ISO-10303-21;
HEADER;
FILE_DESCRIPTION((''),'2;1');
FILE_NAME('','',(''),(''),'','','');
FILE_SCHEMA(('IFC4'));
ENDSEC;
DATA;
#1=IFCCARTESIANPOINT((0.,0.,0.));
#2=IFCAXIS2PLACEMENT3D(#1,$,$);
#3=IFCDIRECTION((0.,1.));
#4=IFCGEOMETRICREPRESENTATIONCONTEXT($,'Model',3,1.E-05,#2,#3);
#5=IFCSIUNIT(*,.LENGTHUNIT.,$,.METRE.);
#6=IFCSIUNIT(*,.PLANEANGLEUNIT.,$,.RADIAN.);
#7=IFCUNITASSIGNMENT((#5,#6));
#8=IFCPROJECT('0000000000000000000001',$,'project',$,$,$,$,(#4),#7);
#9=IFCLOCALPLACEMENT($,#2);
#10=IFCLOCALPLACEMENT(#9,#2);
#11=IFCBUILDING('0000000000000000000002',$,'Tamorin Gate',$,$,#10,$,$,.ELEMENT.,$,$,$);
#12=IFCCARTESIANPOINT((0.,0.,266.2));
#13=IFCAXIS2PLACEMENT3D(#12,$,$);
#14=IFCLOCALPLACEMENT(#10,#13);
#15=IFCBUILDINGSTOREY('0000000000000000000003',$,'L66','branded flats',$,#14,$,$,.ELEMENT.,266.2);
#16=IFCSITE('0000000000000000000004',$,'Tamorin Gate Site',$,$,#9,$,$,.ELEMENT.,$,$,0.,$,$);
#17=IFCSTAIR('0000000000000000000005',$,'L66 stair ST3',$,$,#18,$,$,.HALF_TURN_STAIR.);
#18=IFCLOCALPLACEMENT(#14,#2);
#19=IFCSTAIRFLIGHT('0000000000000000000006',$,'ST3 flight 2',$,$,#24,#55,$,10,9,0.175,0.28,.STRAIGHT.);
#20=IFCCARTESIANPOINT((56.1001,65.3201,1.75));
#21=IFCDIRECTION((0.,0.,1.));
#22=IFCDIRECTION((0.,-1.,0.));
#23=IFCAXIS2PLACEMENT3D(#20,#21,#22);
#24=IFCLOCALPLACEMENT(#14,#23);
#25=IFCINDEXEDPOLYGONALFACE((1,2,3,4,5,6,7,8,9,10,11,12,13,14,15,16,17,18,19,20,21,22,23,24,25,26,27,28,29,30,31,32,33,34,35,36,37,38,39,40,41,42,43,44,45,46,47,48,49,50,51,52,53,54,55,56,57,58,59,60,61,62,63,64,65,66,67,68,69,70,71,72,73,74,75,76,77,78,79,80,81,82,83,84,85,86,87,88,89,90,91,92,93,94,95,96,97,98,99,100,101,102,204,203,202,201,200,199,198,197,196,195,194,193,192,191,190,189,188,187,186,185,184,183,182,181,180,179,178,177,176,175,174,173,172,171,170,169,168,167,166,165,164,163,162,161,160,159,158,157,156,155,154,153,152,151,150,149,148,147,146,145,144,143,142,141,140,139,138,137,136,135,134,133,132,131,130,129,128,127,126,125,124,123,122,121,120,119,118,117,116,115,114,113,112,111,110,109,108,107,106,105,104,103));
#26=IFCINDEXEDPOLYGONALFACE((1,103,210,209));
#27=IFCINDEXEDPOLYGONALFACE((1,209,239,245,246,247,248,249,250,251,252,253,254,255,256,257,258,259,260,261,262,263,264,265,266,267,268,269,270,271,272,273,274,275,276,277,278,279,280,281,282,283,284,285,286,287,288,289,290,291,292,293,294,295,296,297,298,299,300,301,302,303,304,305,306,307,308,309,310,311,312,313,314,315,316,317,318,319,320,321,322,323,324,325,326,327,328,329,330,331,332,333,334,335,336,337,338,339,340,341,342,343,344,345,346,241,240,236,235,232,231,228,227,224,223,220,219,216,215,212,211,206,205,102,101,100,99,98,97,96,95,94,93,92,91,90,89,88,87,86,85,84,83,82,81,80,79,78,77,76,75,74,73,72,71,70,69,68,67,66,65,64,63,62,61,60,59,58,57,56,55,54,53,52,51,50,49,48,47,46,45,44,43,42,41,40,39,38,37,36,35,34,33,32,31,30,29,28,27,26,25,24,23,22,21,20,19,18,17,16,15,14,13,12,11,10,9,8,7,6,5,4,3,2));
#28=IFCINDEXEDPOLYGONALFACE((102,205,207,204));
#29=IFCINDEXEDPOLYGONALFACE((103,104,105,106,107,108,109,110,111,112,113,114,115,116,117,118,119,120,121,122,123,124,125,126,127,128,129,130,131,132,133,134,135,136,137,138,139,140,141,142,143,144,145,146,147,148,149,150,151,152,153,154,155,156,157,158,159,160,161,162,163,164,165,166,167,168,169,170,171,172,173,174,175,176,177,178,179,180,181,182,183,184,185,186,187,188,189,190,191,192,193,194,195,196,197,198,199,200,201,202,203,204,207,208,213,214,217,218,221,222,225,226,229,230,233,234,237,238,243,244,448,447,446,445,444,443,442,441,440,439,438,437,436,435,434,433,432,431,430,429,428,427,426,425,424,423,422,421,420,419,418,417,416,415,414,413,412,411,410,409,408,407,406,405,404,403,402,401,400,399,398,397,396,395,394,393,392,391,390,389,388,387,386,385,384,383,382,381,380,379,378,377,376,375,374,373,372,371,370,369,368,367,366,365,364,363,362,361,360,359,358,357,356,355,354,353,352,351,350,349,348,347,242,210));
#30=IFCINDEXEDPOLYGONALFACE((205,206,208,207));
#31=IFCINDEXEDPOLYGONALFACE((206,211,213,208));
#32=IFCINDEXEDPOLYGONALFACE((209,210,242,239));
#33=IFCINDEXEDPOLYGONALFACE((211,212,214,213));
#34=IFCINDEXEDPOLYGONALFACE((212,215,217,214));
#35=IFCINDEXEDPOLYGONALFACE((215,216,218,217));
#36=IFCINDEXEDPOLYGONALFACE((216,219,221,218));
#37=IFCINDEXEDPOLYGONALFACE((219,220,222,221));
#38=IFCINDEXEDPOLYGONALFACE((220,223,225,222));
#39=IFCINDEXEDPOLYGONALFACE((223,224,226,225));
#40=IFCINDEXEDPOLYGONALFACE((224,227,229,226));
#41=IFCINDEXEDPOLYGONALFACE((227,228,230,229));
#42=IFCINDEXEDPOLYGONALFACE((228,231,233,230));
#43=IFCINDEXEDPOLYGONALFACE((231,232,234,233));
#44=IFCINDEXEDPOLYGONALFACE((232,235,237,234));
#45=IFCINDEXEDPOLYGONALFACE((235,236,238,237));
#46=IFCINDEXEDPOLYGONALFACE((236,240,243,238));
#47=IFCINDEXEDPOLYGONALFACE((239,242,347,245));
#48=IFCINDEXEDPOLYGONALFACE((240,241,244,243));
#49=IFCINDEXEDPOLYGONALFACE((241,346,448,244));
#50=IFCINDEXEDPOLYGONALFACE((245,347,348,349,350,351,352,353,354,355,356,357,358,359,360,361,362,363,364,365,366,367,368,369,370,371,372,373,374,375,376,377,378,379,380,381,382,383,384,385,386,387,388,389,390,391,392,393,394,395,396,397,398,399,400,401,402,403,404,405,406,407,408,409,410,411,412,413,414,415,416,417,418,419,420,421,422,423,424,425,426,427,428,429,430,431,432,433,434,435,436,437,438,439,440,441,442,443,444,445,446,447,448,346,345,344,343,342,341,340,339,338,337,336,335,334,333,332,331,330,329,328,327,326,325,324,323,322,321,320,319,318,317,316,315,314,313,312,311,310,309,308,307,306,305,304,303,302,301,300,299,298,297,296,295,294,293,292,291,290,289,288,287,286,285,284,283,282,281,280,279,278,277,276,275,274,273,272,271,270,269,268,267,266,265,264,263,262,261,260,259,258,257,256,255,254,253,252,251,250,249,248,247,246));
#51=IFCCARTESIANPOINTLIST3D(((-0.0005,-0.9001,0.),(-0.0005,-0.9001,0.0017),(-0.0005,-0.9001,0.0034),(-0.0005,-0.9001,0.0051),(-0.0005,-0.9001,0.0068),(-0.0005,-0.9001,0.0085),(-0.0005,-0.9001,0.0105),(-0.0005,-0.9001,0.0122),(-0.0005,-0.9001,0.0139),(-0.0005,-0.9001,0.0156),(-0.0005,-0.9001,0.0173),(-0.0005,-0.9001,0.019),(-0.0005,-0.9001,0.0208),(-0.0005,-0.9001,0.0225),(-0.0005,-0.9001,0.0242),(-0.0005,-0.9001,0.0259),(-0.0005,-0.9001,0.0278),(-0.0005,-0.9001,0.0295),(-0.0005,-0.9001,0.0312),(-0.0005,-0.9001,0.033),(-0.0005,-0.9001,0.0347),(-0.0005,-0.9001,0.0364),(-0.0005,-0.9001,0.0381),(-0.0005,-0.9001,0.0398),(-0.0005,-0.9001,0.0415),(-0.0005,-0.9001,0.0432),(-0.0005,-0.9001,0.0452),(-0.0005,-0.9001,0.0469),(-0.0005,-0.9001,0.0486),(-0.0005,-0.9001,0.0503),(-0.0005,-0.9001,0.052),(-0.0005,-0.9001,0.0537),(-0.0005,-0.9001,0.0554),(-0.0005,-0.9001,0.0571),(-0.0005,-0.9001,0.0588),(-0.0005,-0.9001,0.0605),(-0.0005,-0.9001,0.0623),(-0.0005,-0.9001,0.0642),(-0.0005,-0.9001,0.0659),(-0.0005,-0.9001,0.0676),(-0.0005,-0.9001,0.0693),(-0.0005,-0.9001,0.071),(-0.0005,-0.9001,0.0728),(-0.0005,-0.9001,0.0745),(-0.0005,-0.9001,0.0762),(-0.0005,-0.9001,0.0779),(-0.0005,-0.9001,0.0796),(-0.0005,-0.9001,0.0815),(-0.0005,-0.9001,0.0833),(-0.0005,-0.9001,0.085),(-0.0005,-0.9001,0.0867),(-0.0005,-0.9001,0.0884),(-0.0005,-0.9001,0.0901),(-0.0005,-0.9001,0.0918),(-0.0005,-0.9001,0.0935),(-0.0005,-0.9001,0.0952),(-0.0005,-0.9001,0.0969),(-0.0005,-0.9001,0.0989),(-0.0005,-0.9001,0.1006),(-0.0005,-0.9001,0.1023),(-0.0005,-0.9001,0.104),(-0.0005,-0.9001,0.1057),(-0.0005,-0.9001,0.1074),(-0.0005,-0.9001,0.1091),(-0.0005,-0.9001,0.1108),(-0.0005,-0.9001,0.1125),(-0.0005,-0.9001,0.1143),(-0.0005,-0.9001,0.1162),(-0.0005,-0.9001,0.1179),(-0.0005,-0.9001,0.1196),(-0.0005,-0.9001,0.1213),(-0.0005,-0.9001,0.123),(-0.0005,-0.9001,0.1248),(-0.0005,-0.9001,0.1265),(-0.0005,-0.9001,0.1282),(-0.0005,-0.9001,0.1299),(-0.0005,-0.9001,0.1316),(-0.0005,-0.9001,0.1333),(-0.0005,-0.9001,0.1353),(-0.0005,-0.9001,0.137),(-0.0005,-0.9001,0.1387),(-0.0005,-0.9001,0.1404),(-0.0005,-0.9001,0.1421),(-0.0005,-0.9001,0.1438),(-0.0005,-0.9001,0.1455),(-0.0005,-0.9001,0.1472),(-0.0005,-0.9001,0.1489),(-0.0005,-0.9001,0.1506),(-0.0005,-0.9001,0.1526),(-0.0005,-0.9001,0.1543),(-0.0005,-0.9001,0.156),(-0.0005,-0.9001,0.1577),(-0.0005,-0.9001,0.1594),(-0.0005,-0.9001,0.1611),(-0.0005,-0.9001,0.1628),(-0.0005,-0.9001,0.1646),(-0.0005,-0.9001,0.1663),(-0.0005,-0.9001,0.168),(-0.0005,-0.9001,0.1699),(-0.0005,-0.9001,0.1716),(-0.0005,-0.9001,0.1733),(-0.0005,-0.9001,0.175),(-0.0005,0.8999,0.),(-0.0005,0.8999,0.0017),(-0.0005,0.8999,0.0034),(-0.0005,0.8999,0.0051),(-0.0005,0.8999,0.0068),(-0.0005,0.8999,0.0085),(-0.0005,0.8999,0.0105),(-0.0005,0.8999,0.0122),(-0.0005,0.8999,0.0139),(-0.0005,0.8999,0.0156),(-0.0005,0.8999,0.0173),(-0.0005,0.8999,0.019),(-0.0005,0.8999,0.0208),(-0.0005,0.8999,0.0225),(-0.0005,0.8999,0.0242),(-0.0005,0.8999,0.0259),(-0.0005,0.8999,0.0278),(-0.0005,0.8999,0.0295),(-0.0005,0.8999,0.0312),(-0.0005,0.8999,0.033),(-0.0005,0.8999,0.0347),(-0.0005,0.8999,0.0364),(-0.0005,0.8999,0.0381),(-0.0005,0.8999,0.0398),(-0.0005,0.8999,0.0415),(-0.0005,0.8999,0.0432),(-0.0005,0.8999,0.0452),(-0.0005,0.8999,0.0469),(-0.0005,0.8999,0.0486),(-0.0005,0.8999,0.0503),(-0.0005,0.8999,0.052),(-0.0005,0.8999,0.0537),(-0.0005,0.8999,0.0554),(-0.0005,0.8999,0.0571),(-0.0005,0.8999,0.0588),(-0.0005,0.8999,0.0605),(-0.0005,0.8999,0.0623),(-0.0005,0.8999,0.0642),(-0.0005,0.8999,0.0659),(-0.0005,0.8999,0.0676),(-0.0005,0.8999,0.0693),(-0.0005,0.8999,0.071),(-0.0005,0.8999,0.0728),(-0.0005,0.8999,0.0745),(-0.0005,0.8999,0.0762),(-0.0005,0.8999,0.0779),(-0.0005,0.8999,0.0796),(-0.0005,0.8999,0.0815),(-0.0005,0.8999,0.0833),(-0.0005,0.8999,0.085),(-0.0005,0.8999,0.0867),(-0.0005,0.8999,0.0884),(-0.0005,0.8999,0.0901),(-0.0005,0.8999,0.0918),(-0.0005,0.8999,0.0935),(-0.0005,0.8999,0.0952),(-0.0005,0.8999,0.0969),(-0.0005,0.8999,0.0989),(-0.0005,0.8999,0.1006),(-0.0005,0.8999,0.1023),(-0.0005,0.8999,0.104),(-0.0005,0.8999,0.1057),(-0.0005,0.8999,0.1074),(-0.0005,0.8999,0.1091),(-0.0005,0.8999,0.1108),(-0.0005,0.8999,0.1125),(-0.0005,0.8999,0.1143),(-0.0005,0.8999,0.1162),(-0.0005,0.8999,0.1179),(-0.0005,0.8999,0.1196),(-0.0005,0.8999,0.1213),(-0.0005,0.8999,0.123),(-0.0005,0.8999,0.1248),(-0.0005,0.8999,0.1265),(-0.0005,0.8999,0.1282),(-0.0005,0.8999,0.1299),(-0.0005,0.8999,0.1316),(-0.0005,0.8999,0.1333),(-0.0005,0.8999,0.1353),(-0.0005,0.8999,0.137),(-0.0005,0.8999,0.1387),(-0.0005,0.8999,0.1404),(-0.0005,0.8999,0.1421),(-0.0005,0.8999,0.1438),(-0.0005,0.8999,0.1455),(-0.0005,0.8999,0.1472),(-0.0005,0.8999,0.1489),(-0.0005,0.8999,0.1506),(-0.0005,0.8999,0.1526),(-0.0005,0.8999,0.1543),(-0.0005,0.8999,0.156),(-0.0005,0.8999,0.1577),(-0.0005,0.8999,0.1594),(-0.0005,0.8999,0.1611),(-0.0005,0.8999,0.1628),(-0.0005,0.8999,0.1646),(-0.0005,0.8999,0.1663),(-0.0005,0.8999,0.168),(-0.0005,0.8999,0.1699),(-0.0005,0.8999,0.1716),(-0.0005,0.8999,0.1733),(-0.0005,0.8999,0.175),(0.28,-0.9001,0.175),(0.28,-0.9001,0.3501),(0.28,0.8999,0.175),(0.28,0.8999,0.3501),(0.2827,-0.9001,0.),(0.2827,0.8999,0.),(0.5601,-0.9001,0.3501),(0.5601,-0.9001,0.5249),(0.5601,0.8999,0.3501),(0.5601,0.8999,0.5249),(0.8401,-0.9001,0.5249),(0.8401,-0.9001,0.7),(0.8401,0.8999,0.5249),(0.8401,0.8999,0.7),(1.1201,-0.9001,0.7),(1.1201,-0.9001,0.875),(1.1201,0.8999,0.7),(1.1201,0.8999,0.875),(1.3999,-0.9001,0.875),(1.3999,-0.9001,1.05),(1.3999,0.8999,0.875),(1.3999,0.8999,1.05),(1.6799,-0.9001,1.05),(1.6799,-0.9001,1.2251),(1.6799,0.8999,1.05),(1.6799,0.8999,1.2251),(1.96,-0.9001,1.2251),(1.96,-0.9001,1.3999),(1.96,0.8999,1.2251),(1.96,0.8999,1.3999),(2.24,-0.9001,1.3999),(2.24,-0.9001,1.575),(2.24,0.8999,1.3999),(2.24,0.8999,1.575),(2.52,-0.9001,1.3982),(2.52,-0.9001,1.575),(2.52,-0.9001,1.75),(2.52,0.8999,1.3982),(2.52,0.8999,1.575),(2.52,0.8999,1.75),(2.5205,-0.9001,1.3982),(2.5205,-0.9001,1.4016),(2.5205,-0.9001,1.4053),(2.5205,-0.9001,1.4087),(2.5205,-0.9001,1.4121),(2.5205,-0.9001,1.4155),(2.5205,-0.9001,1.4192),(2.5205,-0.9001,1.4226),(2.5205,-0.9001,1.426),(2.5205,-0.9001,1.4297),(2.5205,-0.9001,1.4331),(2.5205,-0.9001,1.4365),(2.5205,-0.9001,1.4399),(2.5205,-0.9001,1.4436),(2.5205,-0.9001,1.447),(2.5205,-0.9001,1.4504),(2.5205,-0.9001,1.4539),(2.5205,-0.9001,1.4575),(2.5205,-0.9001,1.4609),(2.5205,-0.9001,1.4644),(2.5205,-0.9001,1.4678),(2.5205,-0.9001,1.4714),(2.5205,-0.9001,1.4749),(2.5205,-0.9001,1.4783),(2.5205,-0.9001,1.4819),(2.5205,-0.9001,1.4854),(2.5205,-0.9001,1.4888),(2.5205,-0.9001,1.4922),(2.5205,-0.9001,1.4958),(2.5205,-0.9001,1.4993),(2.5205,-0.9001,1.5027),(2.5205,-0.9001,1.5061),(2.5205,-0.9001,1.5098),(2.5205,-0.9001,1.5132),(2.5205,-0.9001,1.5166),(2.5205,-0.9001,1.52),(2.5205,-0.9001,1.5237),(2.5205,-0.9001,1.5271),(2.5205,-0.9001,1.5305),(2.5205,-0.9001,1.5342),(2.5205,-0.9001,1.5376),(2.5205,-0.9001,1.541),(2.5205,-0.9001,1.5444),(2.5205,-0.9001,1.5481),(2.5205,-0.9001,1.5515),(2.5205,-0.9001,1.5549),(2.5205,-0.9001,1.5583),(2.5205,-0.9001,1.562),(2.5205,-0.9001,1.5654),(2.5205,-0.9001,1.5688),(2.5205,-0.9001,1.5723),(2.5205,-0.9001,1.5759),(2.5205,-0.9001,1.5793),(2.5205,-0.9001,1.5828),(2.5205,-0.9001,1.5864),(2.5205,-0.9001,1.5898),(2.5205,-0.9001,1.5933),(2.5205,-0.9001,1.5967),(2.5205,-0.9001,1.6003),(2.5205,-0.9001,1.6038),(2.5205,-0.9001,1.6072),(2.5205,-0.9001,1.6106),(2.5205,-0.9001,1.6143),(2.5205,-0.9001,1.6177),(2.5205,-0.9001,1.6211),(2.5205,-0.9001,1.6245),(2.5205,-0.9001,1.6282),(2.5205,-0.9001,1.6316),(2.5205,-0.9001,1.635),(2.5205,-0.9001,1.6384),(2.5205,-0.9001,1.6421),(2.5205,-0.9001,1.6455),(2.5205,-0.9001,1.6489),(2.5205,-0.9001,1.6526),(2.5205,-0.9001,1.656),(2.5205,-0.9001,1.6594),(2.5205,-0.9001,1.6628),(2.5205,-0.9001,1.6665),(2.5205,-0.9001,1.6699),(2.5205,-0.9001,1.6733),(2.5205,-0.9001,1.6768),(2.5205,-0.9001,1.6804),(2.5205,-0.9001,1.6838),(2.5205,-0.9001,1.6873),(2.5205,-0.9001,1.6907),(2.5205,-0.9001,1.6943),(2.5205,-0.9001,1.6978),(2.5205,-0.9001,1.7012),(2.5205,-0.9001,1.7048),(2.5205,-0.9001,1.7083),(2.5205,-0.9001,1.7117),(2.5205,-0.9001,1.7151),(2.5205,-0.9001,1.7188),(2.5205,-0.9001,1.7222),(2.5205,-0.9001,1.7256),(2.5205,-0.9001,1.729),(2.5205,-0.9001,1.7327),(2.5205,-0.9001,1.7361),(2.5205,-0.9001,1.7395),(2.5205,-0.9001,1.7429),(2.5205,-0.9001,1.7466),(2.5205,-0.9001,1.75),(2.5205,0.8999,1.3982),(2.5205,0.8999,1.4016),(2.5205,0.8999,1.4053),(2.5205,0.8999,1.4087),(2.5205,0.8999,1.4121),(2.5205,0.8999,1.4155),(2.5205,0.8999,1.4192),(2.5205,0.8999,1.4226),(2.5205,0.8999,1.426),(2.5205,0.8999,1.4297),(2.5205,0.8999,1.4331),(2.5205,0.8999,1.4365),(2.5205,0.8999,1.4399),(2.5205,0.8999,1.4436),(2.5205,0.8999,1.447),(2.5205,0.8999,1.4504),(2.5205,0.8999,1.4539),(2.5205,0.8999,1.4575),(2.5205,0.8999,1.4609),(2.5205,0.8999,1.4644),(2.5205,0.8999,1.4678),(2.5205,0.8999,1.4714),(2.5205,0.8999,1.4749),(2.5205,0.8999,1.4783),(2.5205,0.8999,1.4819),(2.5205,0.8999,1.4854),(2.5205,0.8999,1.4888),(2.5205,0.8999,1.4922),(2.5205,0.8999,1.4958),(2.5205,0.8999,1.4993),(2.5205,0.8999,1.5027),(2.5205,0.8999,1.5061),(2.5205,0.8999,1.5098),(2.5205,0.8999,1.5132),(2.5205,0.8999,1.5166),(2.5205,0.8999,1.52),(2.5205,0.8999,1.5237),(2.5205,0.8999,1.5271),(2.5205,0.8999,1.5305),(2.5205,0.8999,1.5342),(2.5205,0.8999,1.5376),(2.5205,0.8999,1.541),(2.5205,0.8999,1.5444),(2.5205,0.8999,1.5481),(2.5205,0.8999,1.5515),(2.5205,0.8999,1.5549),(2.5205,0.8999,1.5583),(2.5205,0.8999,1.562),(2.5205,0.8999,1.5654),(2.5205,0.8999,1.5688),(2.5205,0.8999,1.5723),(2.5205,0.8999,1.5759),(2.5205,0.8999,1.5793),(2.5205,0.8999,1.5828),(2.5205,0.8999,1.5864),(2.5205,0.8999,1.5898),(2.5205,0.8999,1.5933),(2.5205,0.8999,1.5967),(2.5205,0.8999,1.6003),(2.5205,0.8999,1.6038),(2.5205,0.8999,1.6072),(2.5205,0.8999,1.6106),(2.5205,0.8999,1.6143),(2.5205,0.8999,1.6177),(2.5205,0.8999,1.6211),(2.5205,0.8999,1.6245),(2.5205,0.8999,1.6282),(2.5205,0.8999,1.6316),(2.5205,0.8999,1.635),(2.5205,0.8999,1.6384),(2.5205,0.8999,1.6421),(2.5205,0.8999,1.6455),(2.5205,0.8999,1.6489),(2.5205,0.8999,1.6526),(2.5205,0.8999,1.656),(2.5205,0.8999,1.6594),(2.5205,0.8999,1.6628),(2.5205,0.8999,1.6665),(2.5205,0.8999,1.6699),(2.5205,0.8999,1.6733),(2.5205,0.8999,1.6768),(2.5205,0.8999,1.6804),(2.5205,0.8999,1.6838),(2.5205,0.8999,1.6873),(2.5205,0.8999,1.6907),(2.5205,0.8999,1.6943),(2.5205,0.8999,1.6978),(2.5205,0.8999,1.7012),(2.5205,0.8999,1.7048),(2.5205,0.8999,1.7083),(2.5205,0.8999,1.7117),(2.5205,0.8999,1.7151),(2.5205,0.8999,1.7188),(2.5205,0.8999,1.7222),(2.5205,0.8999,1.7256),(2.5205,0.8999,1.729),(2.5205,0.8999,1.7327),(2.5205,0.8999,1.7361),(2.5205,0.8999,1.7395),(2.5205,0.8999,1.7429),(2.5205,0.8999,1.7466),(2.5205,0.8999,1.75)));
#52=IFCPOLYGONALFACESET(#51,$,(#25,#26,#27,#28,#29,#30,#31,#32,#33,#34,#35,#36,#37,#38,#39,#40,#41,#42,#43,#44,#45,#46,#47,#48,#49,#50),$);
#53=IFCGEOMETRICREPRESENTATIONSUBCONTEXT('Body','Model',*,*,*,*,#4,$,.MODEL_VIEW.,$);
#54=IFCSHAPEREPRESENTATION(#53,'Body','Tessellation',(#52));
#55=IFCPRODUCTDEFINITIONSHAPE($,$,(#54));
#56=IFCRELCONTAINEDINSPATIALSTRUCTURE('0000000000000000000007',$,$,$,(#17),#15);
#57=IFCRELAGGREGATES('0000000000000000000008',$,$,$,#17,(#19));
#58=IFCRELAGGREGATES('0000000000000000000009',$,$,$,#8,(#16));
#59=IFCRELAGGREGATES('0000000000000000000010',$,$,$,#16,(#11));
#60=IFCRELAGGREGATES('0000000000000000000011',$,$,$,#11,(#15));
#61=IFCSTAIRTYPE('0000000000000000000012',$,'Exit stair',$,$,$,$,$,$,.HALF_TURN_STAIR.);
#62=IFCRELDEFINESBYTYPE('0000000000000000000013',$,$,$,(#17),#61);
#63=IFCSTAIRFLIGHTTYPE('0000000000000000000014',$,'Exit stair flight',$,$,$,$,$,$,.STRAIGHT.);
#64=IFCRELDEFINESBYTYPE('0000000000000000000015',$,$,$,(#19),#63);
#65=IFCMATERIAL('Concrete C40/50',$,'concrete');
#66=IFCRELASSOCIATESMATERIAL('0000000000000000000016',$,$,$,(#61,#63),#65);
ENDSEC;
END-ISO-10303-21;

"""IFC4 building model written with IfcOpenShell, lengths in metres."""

from ifc_helpers import new_model, si_unit, direction, frame, origin, place, context, subcontext, project, spatial, polyline, outline, extrude, material, type_object, element, aggregate, save


model = new_model("IFC4")

# Units and contexts
model_context = context("Model", 3, precision=1e-05, world=origin(), true_north=direction((0.0, 1.0)))
body_context = subcontext(model_context, "Body", "Model", "MODEL_VIEW")
ifc_project = project(units=[si_unit("LENGTHUNIT", "METRE"), si_unit("PLANEANGLEUNIT", "RADIAN")], contexts=[model_context])

# Site, building, storey
site_placement = place(None, origin())
site = spatial("IfcSite", under=ifc_project, at=site_placement, Name="Tamorin Gate Site", CompositionType="ELEMENT", RefElevation=0.0)
building_placement = place(site_placement, origin())
building = spatial("IfcBuilding", under=site, at=building_placement, Name="Tamorin Gate", CompositionType="ELEMENT")
storey_placement = place(building_placement, frame((0.0, 0.0, 266.2)))
storey = spatial("IfcBuildingStorey", under=building, at=storey_placement, Name="L66", Description="branded flats", CompositionType="ELEMENT", Elevation=266.2)

# Shared definitions
ifc_material_1 = material(Name="Concrete C40/50", Category="concrete")

# Stair, stair flight
stair_type = type_object("IfcStairType", Name="Exit stair", PredefinedType="HALF_TURN_STAIR", material=ifc_material_1)
stair_placement = place(storey_placement, origin())
stair = element("IfcStair", 1, at=stair_placement, inside=storey, type_object=stair_type, Name="L66 stair ST3", PredefinedType="HALF_TURN_STAIR")
stair_flight_type = type_object("IfcStairFlightType", Name="Exit stair flight", PredefinedType="STRAIGHT", material=ifc_material_1)
stair_flight_1_placement = place(storey_placement, frame((56.1001, 65.3201, 1.75), z_axis=(0.0, 0.0, 1.0), x_axis=(0.0, -1.0, 0.0)))
stair_flight_1 = element("IfcStairFlight", 2, at=stair_flight_1_placement, type_object=stair_flight_type, Name="ST3 flight 2", NumberOfRisers=10, NumberOfTreads=9, PredefinedType="STRAIGHT", RiserHeight=0.175, TreadLength=0.28, context=body_context, shape_type="SweptSolid", body=[
    extrude(outline(polyline([(-0.0005, 0.0), (-0.0005, 0.0017), (-0.0005, 0.0034), (-0.0005, 0.0051), (-0.0005, 0.0068), (-0.0005, 0.0085), (-0.0005, 0.0105), (-0.0005, 0.0122), (-0.0005, 0.0139), (-0.0005, 0.0156), (-0.0005, 0.0173), (-0.0005, 0.019), (-0.0005, 0.0208), (-0.0005, 0.0225), (-0.0005, 0.0242), (-0.0005, 0.0259), (-0.0005, 0.0278), (-0.0005, 0.0295), (-0.0005, 0.0312), (-0.0005, 0.033), (-0.0005, 0.0347), (-0.0005, 0.0364), (-0.0005, 0.0381), (-0.0005, 0.0398), (-0.0005, 0.0415), (-0.0005, 0.0432), (-0.0005, 0.0452), (-0.0005, 0.0469), (-0.0005, 0.0486), (-0.0005, 0.0503), (-0.0005, 0.052), (-0.0005, 0.0537), (-0.0005, 0.0554), (-0.0005, 0.0571), (-0.0005, 0.0588), (-0.0005, 0.0605), (-0.0005, 0.0623), (-0.0005, 0.0642), (-0.0005, 0.0659), (-0.0005, 0.0676), (-0.0005, 0.0693), (-0.0005, 0.071), (-0.0005, 0.0728), (-0.0005, 0.0745), (-0.0005, 0.0762), (-0.0005, 0.0779), (-0.0005, 0.0796), (-0.0005, 0.0815), (-0.0005, 0.0833), (-0.0005, 0.085), (-0.0005, 0.0867), (-0.0005, 0.0884), (-0.0005, 0.0901), (-0.0005, 0.0918), (-0.0005, 0.0935), (-0.0005, 0.0952), (-0.0005, 0.0969), (-0.0005, 0.0989), (-0.0005, 0.1006), (-0.0005, 0.1023), (-0.0005, 0.104), (-0.0005, 0.1057), (-0.0005, 0.1074), (-0.0005, 0.1091), (-0.0005, 0.1108), (-0.0005, 0.1125), (-0.0005, 0.1143), (-0.0005, 0.1162), (-0.0005, 0.1179), (-0.0005, 0.1196), (-0.0005, 0.1213), (-0.0005, 0.123), (-0.0005, 0.1248), (-0.0005, 0.1265), (-0.0005, 0.1282), (-0.0005, 0.1299), (-0.0005, 0.1316), (-0.0005, 0.1333), (-0.0005, 0.1353), (-0.0005, 0.137), (-0.0005, 0.1387), (-0.0005, 0.1404), (-0.0005, 0.1421), (-0.0005, 0.1438), (-0.0005, 0.1455), (-0.0005, 0.1472), (-0.0005, 0.1489), (-0.0005, 0.1506), (-0.0005, 0.1526), (-0.0005, 0.1543), (-0.0005, 0.156), (-0.0005, 0.1577), (-0.0005, 0.1594), (-0.0005, 0.1611), (-0.0005, 0.1628), (-0.0005, 0.1646), (-0.0005, 0.1663), (-0.0005, 0.168), (-0.0005, 0.1699), (-0.0005, 0.1716), (-0.0005, 0.1733), (-0.0005, 0.175), (0.28, 0.175), (0.28, 0.3501), (0.5601, 0.3501), (0.5601, 0.5249), (0.8401, 0.5249), (0.8401, 0.7), (1.1201, 0.7), (1.1201, 0.875), (1.3999, 0.875), (1.3999, 1.05), (1.6799, 1.05), (1.6799, 1.2251), (1.96, 1.2251), (1.96, 1.3999), (2.24, 1.3999), (2.24, 1.575), (2.52, 1.575), (2.52, 1.75), (2.5205, 1.75), (2.5205, 1.7466), (2.5205, 1.7429), (2.5205, 1.7395), (2.5205, 1.7361), (2.5205, 1.7327), (2.5205, 1.729), (2.5205, 1.7256), (2.5205, 1.7222), (2.5205, 1.7188), (2.5205, 1.7151), (2.5205, 1.7117), (2.5205, 1.7083), (2.5205, 1.7048), (2.5205, 1.7012), (2.5205, 1.6978), (2.5205, 1.6943), (2.5205, 1.6907), (2.5205, 1.6873), (2.5205, 1.6838), (2.5205, 1.6804), (2.5205, 1.6768), (2.5205, 1.6733), (2.5205, 1.6699), (2.5205, 1.6665), (2.5205, 1.6628), (2.5205, 1.6594), (2.5205, 1.656), (2.5205, 1.6526), (2.5205, 1.6489), (2.5205, 1.6455), (2.5205, 1.6421), (2.5205, 1.6384), (2.5205, 1.635), (2.5205, 1.6316), (2.5205, 1.6282), (2.5205, 1.6245), (2.5205, 1.6211), (2.5205, 1.6177), (2.5205, 1.6143), (2.5205, 1.6106), (2.5205, 1.6072), (2.5205, 1.6038), (2.5205, 1.6003), (2.5205, 1.5967), (2.5205, 1.5933), (2.5205, 1.5898), (2.5205, 1.5864), (2.5205, 1.5828), (2.5205, 1.5793), (2.5205, 1.5759), (2.5205, 1.5723), (2.5205, 1.5688), (2.5205, 1.5654), (2.5205, 1.562), (2.5205, 1.5583), (2.5205, 1.5549), (2.5205, 1.5515), (2.5205, 1.5481), (2.5205, 1.5444), (2.5205, 1.541), (2.5205, 1.5376), (2.5205, 1.5342), (2.5205, 1.5305), (2.5205, 1.5271), (2.5205, 1.5237), (2.5205, 1.52), (2.5205, 1.5166), (2.5205, 1.5132), (2.5205, 1.5098), (2.5205, 1.5061), (2.5205, 1.5027), (2.5205, 1.4993), (2.5205, 1.4958), (2.5205, 1.4922), (2.5205, 1.4888), (2.5205, 1.4854), (2.5205, 1.4819), (2.5205, 1.4783), (2.5205, 1.4749), (2.5205, 1.4714), (2.5205, 1.4678), (2.5205, 1.4644), (2.5205, 1.4609), (2.5205, 1.4575), (2.5205, 1.4539), (2.5205, 1.4504), (2.5205, 1.447), (2.5205, 1.4436), (2.5205, 1.4399), (2.5205, 1.4365), (2.5205, 1.4331), (2.5205, 1.4297), (2.5205, 1.426), (2.5205, 1.4226), (2.5205, 1.4192), (2.5205, 1.4155), (2.5205, 1.4121), (2.5205, 1.4087), (2.5205, 1.4053), (2.5205, 1.4016), (2.5205, 1.3982), (2.52, 1.3982), (0.2827, 0.0), (-0.0005, 0.0)])), frame((0.0, 0.8999, 0.0), z_axis=(0.0, -1.0, 0.0), x_axis=(1.0, 0.0, 0.0)), (0.0, 0.0, 1.0), 1.8),
])
aggregate(stair, [stair_flight_1])

save(model, "model.ifc")
